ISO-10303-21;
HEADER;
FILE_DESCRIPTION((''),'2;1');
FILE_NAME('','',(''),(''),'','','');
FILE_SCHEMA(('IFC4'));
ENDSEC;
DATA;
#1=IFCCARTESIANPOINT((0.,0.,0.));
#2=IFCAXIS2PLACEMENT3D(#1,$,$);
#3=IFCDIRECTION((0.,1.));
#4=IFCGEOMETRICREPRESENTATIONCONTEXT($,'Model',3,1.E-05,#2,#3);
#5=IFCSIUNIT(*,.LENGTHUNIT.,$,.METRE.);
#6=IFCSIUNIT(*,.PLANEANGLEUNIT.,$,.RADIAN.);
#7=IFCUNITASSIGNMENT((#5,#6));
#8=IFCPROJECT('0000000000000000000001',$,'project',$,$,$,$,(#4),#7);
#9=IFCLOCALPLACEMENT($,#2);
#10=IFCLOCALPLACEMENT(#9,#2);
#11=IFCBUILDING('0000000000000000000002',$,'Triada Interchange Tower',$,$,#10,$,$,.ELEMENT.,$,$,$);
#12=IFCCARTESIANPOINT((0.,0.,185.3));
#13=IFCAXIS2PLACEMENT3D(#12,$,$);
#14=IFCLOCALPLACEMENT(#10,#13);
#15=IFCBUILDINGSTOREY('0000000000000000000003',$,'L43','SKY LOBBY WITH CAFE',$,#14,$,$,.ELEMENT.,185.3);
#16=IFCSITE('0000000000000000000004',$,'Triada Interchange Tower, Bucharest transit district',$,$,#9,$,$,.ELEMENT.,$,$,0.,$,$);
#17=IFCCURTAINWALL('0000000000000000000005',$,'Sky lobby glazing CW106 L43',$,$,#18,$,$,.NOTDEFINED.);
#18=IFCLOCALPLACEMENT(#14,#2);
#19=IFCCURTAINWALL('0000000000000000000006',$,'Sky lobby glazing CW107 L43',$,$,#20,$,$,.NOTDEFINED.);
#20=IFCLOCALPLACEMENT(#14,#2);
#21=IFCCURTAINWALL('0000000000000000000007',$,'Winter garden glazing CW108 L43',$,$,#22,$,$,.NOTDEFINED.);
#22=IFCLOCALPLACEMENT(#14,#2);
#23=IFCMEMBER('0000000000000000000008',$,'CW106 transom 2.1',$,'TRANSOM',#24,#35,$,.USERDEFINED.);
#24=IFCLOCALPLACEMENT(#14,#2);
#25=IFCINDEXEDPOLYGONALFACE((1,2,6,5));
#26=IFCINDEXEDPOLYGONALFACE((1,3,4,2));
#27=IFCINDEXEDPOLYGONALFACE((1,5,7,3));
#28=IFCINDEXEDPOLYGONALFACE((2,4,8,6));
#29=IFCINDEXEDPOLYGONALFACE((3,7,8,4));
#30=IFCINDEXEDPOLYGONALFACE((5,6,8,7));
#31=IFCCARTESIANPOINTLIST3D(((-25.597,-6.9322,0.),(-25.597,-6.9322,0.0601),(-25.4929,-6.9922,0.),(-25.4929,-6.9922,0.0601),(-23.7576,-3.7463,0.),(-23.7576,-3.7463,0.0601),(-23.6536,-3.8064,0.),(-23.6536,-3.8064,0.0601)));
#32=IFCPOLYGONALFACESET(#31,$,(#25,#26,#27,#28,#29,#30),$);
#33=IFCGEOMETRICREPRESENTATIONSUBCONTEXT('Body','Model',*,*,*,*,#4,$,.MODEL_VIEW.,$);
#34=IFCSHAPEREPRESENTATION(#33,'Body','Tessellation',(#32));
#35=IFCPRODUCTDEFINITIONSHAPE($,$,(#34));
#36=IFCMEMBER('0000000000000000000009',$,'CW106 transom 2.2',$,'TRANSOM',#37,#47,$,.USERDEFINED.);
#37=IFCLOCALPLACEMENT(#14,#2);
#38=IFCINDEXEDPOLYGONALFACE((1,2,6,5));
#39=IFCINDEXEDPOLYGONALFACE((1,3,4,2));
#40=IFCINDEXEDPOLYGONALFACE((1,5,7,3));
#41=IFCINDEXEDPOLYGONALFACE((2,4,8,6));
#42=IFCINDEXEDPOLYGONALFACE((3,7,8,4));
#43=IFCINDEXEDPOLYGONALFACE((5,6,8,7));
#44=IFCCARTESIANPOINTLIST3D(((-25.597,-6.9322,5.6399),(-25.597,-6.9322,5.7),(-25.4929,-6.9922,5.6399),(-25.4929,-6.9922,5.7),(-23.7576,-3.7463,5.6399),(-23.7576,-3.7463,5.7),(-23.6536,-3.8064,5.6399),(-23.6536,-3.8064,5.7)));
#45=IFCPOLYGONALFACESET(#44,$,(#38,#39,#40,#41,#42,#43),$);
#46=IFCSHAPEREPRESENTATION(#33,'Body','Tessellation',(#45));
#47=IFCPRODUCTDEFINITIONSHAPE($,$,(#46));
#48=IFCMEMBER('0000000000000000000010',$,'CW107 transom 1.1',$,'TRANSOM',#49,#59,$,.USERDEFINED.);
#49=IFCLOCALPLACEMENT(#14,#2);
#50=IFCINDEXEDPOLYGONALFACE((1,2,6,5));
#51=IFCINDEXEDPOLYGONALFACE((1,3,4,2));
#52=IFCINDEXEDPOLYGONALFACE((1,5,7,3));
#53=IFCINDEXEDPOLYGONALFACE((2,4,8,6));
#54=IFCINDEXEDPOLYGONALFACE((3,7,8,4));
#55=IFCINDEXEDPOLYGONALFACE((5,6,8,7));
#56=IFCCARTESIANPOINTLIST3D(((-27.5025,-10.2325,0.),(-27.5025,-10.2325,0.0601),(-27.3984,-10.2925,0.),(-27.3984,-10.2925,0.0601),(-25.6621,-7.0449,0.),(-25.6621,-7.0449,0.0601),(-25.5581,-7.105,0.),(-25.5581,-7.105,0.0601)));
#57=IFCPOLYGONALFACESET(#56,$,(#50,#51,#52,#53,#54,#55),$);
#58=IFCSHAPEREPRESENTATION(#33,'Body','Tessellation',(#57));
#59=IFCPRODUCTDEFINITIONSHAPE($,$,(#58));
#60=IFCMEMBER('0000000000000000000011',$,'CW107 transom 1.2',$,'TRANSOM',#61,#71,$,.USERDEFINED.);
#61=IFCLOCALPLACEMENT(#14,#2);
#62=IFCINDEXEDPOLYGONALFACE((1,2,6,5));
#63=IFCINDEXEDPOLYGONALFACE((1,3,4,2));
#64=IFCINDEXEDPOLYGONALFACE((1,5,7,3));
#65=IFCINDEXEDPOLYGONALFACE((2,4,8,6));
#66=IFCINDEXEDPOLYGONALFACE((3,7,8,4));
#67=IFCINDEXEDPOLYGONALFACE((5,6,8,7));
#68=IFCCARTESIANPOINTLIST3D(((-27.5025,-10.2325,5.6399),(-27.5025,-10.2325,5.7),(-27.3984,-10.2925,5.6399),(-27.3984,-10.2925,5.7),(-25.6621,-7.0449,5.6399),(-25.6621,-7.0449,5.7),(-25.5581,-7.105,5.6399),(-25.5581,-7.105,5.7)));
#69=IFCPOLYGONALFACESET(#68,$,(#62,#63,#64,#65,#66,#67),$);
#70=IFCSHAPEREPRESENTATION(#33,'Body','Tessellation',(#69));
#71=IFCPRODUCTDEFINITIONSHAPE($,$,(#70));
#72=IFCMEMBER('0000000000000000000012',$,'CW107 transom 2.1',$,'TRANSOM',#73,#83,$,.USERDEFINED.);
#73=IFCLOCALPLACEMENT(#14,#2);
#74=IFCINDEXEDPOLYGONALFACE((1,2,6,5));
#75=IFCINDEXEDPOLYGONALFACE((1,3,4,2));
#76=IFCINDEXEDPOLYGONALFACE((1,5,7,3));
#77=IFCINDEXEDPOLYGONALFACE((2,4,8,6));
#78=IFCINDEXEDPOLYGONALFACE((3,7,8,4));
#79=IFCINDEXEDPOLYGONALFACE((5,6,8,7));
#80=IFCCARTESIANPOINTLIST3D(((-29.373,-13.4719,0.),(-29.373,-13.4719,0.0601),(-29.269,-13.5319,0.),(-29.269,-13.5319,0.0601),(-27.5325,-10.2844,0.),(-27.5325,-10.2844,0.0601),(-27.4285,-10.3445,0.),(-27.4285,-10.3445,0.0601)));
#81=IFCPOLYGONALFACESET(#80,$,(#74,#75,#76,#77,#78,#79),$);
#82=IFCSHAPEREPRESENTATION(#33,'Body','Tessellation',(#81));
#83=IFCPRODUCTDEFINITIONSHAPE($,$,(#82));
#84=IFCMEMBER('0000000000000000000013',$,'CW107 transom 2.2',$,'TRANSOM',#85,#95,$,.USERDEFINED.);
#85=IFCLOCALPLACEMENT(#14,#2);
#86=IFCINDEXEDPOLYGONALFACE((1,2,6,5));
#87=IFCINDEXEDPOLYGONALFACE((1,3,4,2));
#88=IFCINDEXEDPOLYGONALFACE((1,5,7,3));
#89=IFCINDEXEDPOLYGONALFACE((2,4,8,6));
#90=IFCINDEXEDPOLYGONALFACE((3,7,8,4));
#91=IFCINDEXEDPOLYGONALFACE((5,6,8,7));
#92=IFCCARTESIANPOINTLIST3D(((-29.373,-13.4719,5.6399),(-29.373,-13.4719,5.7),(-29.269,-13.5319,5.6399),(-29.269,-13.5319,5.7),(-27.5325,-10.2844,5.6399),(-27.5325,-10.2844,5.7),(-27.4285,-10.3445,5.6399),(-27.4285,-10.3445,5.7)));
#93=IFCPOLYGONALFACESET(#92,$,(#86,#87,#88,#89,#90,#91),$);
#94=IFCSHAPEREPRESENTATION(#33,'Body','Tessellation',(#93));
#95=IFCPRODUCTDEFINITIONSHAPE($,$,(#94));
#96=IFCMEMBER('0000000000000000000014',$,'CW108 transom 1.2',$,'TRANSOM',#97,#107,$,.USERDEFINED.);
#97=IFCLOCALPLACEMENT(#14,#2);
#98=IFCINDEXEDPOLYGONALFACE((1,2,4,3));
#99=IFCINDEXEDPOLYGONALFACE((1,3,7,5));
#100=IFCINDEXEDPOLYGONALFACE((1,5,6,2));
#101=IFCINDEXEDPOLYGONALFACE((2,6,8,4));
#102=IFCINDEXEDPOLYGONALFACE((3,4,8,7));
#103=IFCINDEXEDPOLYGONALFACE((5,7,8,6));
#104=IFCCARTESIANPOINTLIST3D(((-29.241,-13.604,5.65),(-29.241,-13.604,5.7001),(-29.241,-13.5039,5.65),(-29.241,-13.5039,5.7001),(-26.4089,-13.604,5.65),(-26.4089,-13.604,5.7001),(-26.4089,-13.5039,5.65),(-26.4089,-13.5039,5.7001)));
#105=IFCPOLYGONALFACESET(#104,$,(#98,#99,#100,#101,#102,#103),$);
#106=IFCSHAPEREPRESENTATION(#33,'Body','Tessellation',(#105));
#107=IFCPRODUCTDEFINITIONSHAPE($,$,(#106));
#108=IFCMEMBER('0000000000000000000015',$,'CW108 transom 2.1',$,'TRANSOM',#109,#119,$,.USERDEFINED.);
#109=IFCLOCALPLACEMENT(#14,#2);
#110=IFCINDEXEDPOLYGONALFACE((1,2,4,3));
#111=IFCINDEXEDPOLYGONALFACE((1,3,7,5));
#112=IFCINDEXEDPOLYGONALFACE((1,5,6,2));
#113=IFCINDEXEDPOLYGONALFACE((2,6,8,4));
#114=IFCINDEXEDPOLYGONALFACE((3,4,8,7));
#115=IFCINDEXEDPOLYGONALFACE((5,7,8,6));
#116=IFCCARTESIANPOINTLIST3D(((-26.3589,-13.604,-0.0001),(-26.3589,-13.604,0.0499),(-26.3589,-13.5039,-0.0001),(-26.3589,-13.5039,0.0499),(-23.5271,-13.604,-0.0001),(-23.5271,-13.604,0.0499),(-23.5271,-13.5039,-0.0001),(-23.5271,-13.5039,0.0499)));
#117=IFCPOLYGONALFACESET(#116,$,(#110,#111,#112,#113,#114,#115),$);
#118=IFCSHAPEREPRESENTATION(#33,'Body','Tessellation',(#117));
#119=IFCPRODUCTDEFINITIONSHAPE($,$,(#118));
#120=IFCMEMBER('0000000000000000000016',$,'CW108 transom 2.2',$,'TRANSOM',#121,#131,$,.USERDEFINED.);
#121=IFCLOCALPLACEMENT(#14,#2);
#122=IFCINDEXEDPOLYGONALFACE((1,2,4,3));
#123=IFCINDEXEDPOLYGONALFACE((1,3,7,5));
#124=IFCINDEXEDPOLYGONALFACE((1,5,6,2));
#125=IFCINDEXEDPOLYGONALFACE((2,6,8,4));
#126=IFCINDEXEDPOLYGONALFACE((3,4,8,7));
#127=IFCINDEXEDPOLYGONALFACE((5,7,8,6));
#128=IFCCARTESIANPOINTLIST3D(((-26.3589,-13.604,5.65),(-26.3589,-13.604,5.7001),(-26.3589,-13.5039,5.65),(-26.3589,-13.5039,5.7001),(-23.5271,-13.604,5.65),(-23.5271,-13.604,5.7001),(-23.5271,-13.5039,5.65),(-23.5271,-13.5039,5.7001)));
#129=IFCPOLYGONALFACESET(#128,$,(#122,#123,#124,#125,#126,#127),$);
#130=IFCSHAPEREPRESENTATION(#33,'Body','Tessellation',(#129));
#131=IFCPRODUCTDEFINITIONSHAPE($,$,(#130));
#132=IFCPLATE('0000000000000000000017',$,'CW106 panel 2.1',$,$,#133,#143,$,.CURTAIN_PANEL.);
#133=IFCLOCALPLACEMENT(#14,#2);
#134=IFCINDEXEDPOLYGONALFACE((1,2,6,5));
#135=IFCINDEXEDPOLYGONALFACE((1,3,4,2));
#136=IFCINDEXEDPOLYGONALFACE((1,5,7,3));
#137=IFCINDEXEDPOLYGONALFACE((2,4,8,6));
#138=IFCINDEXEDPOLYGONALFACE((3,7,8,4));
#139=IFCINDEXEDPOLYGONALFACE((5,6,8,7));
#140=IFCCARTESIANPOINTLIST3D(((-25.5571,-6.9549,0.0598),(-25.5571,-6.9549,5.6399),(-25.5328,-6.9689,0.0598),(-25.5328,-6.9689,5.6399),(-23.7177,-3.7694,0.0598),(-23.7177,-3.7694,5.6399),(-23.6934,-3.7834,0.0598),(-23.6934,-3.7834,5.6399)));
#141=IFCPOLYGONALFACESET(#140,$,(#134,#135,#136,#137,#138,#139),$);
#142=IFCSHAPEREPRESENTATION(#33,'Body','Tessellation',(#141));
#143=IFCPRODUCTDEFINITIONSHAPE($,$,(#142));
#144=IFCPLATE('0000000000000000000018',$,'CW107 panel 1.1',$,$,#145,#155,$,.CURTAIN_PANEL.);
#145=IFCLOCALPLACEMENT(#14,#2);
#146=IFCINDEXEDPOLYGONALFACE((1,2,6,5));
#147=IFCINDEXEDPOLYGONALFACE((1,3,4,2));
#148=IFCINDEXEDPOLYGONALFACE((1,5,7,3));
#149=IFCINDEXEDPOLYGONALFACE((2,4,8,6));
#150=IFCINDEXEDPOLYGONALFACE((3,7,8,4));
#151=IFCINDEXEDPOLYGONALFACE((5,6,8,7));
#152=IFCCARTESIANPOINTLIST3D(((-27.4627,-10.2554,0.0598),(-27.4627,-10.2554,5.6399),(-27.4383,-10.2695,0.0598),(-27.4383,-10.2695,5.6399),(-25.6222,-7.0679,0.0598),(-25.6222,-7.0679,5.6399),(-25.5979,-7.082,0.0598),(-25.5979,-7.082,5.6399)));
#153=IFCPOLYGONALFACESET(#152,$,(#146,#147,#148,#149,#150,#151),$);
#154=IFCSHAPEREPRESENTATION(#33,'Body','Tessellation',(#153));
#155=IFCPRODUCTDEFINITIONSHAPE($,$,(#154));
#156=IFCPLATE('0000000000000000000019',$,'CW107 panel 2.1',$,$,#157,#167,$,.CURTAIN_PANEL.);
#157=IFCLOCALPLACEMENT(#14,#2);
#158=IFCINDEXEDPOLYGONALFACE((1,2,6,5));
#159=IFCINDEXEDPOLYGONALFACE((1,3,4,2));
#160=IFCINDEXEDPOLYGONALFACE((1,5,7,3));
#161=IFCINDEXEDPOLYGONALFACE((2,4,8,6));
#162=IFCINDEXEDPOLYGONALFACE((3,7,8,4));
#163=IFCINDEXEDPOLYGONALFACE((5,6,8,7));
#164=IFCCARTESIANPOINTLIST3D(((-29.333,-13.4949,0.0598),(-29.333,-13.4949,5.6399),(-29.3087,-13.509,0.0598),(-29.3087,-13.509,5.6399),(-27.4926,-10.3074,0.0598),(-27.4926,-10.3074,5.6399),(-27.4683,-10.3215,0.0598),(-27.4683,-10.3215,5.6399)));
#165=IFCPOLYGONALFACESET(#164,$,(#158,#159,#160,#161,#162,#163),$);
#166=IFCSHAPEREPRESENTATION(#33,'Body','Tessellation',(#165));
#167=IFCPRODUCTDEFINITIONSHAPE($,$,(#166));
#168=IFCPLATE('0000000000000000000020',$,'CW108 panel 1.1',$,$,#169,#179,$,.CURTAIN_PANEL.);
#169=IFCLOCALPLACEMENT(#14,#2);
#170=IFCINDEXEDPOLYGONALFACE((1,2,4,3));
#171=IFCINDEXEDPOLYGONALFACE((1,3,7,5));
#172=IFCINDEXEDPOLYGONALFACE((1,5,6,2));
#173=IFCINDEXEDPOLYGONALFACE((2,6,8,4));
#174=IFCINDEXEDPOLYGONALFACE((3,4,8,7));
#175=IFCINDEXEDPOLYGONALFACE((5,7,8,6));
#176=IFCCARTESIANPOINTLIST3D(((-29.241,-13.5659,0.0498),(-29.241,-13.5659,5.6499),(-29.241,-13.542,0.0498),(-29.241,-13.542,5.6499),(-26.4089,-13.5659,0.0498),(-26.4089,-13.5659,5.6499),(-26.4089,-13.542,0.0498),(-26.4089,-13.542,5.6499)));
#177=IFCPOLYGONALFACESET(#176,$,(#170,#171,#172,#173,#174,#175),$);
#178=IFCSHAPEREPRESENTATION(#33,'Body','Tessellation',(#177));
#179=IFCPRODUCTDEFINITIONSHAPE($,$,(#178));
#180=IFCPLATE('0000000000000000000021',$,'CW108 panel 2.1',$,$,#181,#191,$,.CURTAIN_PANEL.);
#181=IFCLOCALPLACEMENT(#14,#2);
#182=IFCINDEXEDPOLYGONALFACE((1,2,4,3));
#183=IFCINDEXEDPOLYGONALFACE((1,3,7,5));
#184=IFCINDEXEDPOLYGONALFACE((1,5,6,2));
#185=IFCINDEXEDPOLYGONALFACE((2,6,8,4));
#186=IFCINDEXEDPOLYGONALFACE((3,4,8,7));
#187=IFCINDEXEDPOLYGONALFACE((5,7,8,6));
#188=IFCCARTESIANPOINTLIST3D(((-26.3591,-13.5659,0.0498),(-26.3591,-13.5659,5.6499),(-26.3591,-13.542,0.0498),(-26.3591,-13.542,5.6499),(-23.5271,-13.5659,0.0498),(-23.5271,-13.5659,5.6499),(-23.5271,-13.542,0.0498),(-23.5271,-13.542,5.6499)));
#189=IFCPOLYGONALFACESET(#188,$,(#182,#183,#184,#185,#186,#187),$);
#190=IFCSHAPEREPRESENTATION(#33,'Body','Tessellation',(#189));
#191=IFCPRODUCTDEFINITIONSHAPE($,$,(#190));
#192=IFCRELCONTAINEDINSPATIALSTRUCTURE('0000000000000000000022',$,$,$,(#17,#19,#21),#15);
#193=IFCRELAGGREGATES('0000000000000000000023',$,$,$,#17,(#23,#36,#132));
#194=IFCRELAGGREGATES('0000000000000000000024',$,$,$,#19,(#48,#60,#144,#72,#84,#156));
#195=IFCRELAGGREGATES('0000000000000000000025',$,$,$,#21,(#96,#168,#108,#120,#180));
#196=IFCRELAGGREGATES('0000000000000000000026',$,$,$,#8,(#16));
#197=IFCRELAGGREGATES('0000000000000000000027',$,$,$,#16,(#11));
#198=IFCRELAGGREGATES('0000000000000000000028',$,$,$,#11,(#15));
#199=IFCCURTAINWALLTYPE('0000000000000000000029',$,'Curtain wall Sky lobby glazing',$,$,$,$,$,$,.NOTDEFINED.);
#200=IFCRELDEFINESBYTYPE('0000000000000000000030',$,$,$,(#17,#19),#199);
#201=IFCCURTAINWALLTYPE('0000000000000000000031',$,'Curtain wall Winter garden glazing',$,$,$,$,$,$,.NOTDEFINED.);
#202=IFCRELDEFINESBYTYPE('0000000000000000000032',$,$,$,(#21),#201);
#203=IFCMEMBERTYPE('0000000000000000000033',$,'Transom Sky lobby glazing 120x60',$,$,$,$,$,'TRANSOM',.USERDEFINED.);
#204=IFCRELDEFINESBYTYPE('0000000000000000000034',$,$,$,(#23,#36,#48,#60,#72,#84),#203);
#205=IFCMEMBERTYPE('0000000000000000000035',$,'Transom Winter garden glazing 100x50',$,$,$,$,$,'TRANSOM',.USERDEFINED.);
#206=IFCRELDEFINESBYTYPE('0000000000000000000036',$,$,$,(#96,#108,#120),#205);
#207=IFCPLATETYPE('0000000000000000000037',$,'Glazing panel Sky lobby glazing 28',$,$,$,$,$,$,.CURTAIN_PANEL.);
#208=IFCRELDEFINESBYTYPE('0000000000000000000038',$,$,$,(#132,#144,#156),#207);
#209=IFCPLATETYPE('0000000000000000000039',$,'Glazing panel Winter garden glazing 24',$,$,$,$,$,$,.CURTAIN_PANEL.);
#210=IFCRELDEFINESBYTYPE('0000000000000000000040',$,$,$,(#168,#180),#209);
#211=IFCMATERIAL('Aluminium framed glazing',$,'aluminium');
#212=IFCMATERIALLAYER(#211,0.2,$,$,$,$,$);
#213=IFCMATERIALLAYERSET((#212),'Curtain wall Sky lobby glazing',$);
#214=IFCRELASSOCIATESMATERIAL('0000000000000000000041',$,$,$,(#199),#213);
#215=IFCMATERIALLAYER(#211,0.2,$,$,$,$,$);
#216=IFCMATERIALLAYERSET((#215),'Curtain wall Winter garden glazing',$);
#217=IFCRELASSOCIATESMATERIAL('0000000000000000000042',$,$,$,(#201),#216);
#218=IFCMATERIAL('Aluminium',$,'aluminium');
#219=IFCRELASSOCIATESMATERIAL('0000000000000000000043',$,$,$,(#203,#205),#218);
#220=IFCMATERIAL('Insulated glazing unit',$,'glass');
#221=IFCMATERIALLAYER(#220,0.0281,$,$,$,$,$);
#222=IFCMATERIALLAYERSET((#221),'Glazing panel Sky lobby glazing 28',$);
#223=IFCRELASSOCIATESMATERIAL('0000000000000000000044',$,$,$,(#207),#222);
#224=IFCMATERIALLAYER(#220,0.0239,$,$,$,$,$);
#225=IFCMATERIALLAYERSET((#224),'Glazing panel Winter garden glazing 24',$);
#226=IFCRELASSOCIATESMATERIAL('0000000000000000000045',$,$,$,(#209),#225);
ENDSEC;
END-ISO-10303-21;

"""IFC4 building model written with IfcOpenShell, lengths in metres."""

from ifc_helpers import new_model, si_unit, direction, frame, origin, origin_2d, place, context, subcontext, project, spatial, rectangle, extrude, material, layer, layer_set, material_profile, profile_set, type_object, element, aggregate, save


model = new_model("IFC4")

# Units and contexts
model_context = context("Model", 3, precision=1e-05, world=origin(), true_north=direction((0.0, 1.0)))
body_context = subcontext(model_context, "Body", "Model", "MODEL_VIEW")
ifc_project = project(units=[si_unit("LENGTHUNIT", "METRE"), si_unit("PLANEANGLEUNIT", "RADIAN")], contexts=[model_context])

# Site, building, storey
site_placement = place(None, origin())
site = spatial("IfcSite", under=ifc_project, at=site_placement, Name="Triada Interchange Tower, Bucharest transit district", CompositionType="ELEMENT", RefElevation=0.0)
building_placement = place(site_placement, origin())
building = spatial("IfcBuilding", under=site, at=building_placement, Name="Triada Interchange Tower", CompositionType="ELEMENT")
storey_placement = place(building_placement, frame((0.0, 0.0, 185.3)))
storey = spatial("IfcBuildingStorey", under=building, at=storey_placement, Name="L43", Description="SKY LOBBY WITH CAFE", CompositionType="ELEMENT", Elevation=185.3)

# Curtain wall
ifc_material_1 = material(Name="Aluminium framed glazing", Category="aluminium")
ifc_layer_1 = layer(ifc_material_1, 0.2)
ifc_layer_set_1 = layer_set([ifc_layer_1], Name="Curtain wall Sky lobby glazing")
curtain_wall_type_1 = type_object("IfcCurtainWallType", Name="Curtain wall Sky lobby glazing", PredefinedType="NOTDEFINED", material=ifc_layer_set_1)
curtain_wall_1_placement = place(storey_placement, origin())
curtain_wall_1 = element("IfcCurtainWall", 1, at=curtain_wall_1_placement, inside=storey, type_object=curtain_wall_type_1, Name="Sky lobby glazing CW106 L43", PredefinedType="NOTDEFINED")
ifc_material_2 = material(Name="Aluminium", Category="aluminium")

# Curtain walls
curtain_wall_2_placement = place(storey_placement, origin())
curtain_wall_2 = element("IfcCurtainWall", 2, at=curtain_wall_2_placement, inside=storey, type_object=curtain_wall_type_1, Name="Sky lobby glazing CW107 L43", PredefinedType="NOTDEFINED")
ifc_layer_2 = layer(ifc_material_1, 0.2)
ifc_layer_set_2 = layer_set([ifc_layer_2], Name="Curtain wall Winter garden glazing")
curtain_wall_type_2 = type_object("IfcCurtainWallType", Name="Curtain wall Winter garden glazing", PredefinedType="NOTDEFINED", material=ifc_layer_set_2)
curtain_wall_3_placement = place(storey_placement, origin())
curtain_wall_3 = element("IfcCurtainWall", 3, at=curtain_wall_3_placement, inside=storey, type_object=curtain_wall_type_2, Name="Winter garden glazing CW108 L43", PredefinedType="NOTDEFINED")

# Members
ifc_material_profile_1 = material_profile(ifc_material_2, rectangle(XDim=0.1201, YDim=0.0601, at=origin_2d()), Name="Aluminium transom")
ifc_profile_set_1 = profile_set([ifc_material_profile_1], Name="Aluminium")
member_type_1 = type_object("IfcMemberType", Name="Transom Sky lobby glazing 120x60", ElementType="TRANSOM", PredefinedType="USERDEFINED", material=ifc_profile_set_1)
member_1_placement = place(storey_placement, frame((-23.7056, -3.7764, 0.03), z_axis=(-0.500008, -0.866021, 0.0), x_axis=(0.866021, -0.500008, 0.0)))
member_1 = element("IfcMember", 4, at=member_1_placement, type_object=member_type_1, Name="CW106 transom 2.1", ObjectType="TRANSOM", PredefinedType="USERDEFINED", context=body_context, shape_type="SweptSolid", body=[
    extrude(rectangle(XDim=0.1201, YDim=0.0601, at=origin_2d()), origin(), (0.0, 0.0, 1.0), 3.6787),
])
member_2_placement = place(storey_placement, frame((-23.7056, -3.7764, 5.6699), z_axis=(-0.500008, -0.866021, 0.0), x_axis=(0.866021, -0.500008, 0.0)))
member_2 = element("IfcMember", 5, at=member_2_placement, type_object=member_type_1, Name="CW106 transom 2.2", ObjectType="TRANSOM", PredefinedType="USERDEFINED", context=body_context, shape_type="SweptSolid", body=[
    extrude(rectangle(XDim=0.1201, YDim=0.0601, at=origin_2d()), origin(), (0.0, 0.0, 1.0), 3.6787),
])
member_3_placement = place(storey_placement, frame((-25.6101, -7.075, 0.03), z_axis=(-0.500006, -0.866022, 0.0), x_axis=(0.866022, -0.500006, 0.0)))
member_3 = element("IfcMember", 6, at=member_3_placement, type_object=member_type_1, Name="CW107 transom 1.1", ObjectType="TRANSOM", PredefinedType="USERDEFINED", context=body_context, shape_type="SweptSolid", body=[
    extrude(rectangle(XDim=0.1201, YDim=0.0601, at=origin_2d()), origin(), (0.0, 0.0, 1.0), 3.6807),
])
member_4_placement = place(storey_placement, frame((-25.6101, -7.075, 5.6699), z_axis=(-0.500006, -0.866022, 0.0), x_axis=(0.866022, -0.500006, 0.0)))
member_4 = element("IfcMember", 7, at=member_4_placement, type_object=member_type_1, Name="CW107 transom 1.2", ObjectType="TRANSOM", PredefinedType="USERDEFINED", context=body_context, shape_type="SweptSolid", body=[
    extrude(rectangle(XDim=0.1201, YDim=0.0601, at=origin_2d()), origin(), (0.0, 0.0, 1.0), 3.6807),
])
member_5_placement = place(storey_placement, frame((-27.4805, -10.3145, 0.03), z_axis=(-0.500055, -0.865993, 0.0), x_axis=(0.865993, -0.500055, 0.0)))
member_5 = element("IfcMember", 8, at=member_5_placement, type_object=member_type_1, Name="CW107 transom 2.1", ObjectType="TRANSOM", PredefinedType="USERDEFINED", context=body_context, shape_type="SweptSolid", body=[
    extrude(rectangle(XDim=0.1201, YDim=0.0601, at=origin_2d()), origin(), (0.0, 0.0, 1.0), 3.6807),
])
member_6_placement = place(storey_placement, frame((-27.4805, -10.3145, 5.6699), z_axis=(-0.500055, -0.865993, 0.0), x_axis=(0.865993, -0.500055, 0.0)))
member_6 = element("IfcMember", 9, at=member_6_placement, type_object=member_type_1, Name="CW107 transom 2.2", ObjectType="TRANSOM", PredefinedType="USERDEFINED", context=body_context, shape_type="SweptSolid", body=[
    extrude(rectangle(XDim=0.1201, YDim=0.0601, at=origin_2d()), origin(), (0.0, 0.0, 1.0), 3.6807),
])
ifc_material_profile_2 = material_profile(ifc_material_2, rectangle(XDim=0.1001, YDim=0.05, at=origin_2d()), Name="Aluminium transom")
ifc_profile_set_2 = profile_set([ifc_material_profile_2], Name="Aluminium")
member_type_2 = type_object("IfcMemberType", Name="Transom Winter garden glazing 100x50", ElementType="TRANSOM", PredefinedType="USERDEFINED", material=ifc_profile_set_2)
member_7_placement = place(storey_placement, frame((-29.241, -13.554, 5.675), z_axis=(1.0, 0.0, 0.0), x_axis=(0.0, 1.0, 0.0)))
member_7 = element("IfcMember", 10, at=member_7_placement, type_object=member_type_2, Name="CW108 transom 1.2", ObjectType="TRANSOM", PredefinedType="USERDEFINED", context=body_context, shape_type="SweptSolid", body=[
    extrude(rectangle(XDim=0.1001, YDim=0.05, at=origin_2d()), origin(), (0.0, 0.0, 1.0), 2.832),
])
member_8_placement = place(storey_placement, frame((-26.3589, -13.554, 0.0249), z_axis=(1.0, 0.0, 0.0), x_axis=(0.0, 1.0, 0.0)))
member_8 = element("IfcMember", 11, at=member_8_placement, type_object=member_type_2, Name="CW108 transom 2.1", ObjectType="TRANSOM", PredefinedType="USERDEFINED", context=body_context, shape_type="SweptSolid", body=[
    extrude(rectangle(XDim=0.1001, YDim=0.05, at=origin_2d()), origin(), (0.0, 0.0, 1.0), 2.8318),
])
member_9_placement = place(storey_placement, frame((-26.3589, -13.554, 5.675), z_axis=(1.0, 0.0, 0.0), x_axis=(0.0, 1.0, 0.0)))
member_9 = element("IfcMember", 12, at=member_9_placement, type_object=member_type_2, Name="CW108 transom 2.2", ObjectType="TRANSOM", PredefinedType="USERDEFINED", context=body_context, shape_type="SweptSolid", body=[
    extrude(rectangle(XDim=0.1001, YDim=0.05, at=origin_2d()), origin(), (0.0, 0.0, 1.0), 2.8318),
])

# Plates
ifc_material_3 = material(Name="Insulated glazing unit", Category="glass")
ifc_layer_3 = layer(ifc_material_3, 0.0281)
ifc_layer_set_3 = layer_set([ifc_layer_3], Name="Glazing panel Sky lobby glazing 28")
plate_type_1 = type_object("IfcPlateType", Name="Glazing panel Sky lobby glazing 28", PredefinedType="CURTAIN_PANEL", material=ifc_layer_set_3)
plate_1_placement = place(storey_placement, frame((-24.6252, -5.3691, 0.0598), z_axis=(0.0, 0.0, 1.0), x_axis=(-0.500063, -0.865989, 0.0)))
plate_1 = element("IfcPlate", 13, at=plate_1_placement, type_object=plate_type_1, Name="CW106 panel 2.1", PredefinedType="CURTAIN_PANEL", context=body_context, shape_type="SweptSolid", body=[
    extrude(rectangle(XDim=3.6785, YDim=0.0281, at=origin_2d()), origin(), (0.0, 0.0, 1.0), 5.5801),
])
aggregate(curtain_wall_1, [member_1, member_2, plate_1])
plate_2_placement = place(storey_placement, frame((-26.5303, -8.6687, 0.0598), z_axis=(0.0, 0.0, 1.0), x_axis=(-0.500032, -0.866007, 0.0)))
plate_2 = element("IfcPlate", 14, at=plate_2_placement, type_object=plate_type_1, Name="CW107 panel 1.1", PredefinedType="CURTAIN_PANEL", context=body_context, shape_type="SweptSolid", body=[
    extrude(rectangle(XDim=3.6807, YDim=0.0281, at=origin_2d()), origin(), (0.0, 0.0, 1.0), 5.5801),
])
plate_3_placement = place(storey_placement, frame((-28.4006, -11.9082, 0.0598), z_axis=(0.0, 0.0, 1.0), x_axis=(-0.500032, -0.866007, 0.0)))
plate_3 = element("IfcPlate", 15, at=plate_3_placement, type_object=plate_type_1, Name="CW107 panel 2.1", PredefinedType="CURTAIN_PANEL", context=body_context, shape_type="SweptSolid", body=[
    extrude(rectangle(XDim=3.6807, YDim=0.0281, at=origin_2d()), origin(), (0.0, 0.0, 1.0), 5.5801),
])
aggregate(curtain_wall_2, [member_3, member_4, plate_2, member_5, member_6, plate_3])
ifc_layer_4 = layer(ifc_material_3, 0.0239)
ifc_layer_set_4 = layer_set([ifc_layer_4], Name="Glazing panel Winter garden glazing 24")
plate_type_2 = type_object("IfcPlateType", Name="Glazing panel Winter garden glazing 24", PredefinedType="CURTAIN_PANEL", material=ifc_layer_set_4)
plate_4_placement = place(storey_placement, frame((-27.825, -13.554, 0.0498), z_axis=(0.0, 0.0, 1.0), x_axis=(1.0, 0.0, 0.0)))
plate_4 = element("IfcPlate", 16, at=plate_4_placement, type_object=plate_type_2, Name="CW108 panel 1.1", PredefinedType="CURTAIN_PANEL", context=body_context, shape_type="SweptSolid", body=[
    extrude(rectangle(XDim=2.832, YDim=0.0239, at=origin_2d()), origin(), (0.0, 0.0, 1.0), 5.6001),
])
plate_5_placement = place(storey_placement, frame((-24.9431, -13.554, 0.0498), z_axis=(0.0, 0.0, 1.0), x_axis=(1.0, 0.0, 0.0)))
plate_5 = element("IfcPlate", 17, at=plate_5_placement, type_object=plate_type_2, Name="CW108 panel 2.1", PredefinedType="CURTAIN_PANEL", context=body_context, shape_type="SweptSolid", body=[
    extrude(rectangle(XDim=2.832, YDim=0.0239, at=origin_2d()), origin(), (0.0, 0.0, 1.0), 5.6001),
])
aggregate(curtain_wall_3, [member_7, plate_4, member_8, member_9, plate_5])

save(model, "model.ifc")
